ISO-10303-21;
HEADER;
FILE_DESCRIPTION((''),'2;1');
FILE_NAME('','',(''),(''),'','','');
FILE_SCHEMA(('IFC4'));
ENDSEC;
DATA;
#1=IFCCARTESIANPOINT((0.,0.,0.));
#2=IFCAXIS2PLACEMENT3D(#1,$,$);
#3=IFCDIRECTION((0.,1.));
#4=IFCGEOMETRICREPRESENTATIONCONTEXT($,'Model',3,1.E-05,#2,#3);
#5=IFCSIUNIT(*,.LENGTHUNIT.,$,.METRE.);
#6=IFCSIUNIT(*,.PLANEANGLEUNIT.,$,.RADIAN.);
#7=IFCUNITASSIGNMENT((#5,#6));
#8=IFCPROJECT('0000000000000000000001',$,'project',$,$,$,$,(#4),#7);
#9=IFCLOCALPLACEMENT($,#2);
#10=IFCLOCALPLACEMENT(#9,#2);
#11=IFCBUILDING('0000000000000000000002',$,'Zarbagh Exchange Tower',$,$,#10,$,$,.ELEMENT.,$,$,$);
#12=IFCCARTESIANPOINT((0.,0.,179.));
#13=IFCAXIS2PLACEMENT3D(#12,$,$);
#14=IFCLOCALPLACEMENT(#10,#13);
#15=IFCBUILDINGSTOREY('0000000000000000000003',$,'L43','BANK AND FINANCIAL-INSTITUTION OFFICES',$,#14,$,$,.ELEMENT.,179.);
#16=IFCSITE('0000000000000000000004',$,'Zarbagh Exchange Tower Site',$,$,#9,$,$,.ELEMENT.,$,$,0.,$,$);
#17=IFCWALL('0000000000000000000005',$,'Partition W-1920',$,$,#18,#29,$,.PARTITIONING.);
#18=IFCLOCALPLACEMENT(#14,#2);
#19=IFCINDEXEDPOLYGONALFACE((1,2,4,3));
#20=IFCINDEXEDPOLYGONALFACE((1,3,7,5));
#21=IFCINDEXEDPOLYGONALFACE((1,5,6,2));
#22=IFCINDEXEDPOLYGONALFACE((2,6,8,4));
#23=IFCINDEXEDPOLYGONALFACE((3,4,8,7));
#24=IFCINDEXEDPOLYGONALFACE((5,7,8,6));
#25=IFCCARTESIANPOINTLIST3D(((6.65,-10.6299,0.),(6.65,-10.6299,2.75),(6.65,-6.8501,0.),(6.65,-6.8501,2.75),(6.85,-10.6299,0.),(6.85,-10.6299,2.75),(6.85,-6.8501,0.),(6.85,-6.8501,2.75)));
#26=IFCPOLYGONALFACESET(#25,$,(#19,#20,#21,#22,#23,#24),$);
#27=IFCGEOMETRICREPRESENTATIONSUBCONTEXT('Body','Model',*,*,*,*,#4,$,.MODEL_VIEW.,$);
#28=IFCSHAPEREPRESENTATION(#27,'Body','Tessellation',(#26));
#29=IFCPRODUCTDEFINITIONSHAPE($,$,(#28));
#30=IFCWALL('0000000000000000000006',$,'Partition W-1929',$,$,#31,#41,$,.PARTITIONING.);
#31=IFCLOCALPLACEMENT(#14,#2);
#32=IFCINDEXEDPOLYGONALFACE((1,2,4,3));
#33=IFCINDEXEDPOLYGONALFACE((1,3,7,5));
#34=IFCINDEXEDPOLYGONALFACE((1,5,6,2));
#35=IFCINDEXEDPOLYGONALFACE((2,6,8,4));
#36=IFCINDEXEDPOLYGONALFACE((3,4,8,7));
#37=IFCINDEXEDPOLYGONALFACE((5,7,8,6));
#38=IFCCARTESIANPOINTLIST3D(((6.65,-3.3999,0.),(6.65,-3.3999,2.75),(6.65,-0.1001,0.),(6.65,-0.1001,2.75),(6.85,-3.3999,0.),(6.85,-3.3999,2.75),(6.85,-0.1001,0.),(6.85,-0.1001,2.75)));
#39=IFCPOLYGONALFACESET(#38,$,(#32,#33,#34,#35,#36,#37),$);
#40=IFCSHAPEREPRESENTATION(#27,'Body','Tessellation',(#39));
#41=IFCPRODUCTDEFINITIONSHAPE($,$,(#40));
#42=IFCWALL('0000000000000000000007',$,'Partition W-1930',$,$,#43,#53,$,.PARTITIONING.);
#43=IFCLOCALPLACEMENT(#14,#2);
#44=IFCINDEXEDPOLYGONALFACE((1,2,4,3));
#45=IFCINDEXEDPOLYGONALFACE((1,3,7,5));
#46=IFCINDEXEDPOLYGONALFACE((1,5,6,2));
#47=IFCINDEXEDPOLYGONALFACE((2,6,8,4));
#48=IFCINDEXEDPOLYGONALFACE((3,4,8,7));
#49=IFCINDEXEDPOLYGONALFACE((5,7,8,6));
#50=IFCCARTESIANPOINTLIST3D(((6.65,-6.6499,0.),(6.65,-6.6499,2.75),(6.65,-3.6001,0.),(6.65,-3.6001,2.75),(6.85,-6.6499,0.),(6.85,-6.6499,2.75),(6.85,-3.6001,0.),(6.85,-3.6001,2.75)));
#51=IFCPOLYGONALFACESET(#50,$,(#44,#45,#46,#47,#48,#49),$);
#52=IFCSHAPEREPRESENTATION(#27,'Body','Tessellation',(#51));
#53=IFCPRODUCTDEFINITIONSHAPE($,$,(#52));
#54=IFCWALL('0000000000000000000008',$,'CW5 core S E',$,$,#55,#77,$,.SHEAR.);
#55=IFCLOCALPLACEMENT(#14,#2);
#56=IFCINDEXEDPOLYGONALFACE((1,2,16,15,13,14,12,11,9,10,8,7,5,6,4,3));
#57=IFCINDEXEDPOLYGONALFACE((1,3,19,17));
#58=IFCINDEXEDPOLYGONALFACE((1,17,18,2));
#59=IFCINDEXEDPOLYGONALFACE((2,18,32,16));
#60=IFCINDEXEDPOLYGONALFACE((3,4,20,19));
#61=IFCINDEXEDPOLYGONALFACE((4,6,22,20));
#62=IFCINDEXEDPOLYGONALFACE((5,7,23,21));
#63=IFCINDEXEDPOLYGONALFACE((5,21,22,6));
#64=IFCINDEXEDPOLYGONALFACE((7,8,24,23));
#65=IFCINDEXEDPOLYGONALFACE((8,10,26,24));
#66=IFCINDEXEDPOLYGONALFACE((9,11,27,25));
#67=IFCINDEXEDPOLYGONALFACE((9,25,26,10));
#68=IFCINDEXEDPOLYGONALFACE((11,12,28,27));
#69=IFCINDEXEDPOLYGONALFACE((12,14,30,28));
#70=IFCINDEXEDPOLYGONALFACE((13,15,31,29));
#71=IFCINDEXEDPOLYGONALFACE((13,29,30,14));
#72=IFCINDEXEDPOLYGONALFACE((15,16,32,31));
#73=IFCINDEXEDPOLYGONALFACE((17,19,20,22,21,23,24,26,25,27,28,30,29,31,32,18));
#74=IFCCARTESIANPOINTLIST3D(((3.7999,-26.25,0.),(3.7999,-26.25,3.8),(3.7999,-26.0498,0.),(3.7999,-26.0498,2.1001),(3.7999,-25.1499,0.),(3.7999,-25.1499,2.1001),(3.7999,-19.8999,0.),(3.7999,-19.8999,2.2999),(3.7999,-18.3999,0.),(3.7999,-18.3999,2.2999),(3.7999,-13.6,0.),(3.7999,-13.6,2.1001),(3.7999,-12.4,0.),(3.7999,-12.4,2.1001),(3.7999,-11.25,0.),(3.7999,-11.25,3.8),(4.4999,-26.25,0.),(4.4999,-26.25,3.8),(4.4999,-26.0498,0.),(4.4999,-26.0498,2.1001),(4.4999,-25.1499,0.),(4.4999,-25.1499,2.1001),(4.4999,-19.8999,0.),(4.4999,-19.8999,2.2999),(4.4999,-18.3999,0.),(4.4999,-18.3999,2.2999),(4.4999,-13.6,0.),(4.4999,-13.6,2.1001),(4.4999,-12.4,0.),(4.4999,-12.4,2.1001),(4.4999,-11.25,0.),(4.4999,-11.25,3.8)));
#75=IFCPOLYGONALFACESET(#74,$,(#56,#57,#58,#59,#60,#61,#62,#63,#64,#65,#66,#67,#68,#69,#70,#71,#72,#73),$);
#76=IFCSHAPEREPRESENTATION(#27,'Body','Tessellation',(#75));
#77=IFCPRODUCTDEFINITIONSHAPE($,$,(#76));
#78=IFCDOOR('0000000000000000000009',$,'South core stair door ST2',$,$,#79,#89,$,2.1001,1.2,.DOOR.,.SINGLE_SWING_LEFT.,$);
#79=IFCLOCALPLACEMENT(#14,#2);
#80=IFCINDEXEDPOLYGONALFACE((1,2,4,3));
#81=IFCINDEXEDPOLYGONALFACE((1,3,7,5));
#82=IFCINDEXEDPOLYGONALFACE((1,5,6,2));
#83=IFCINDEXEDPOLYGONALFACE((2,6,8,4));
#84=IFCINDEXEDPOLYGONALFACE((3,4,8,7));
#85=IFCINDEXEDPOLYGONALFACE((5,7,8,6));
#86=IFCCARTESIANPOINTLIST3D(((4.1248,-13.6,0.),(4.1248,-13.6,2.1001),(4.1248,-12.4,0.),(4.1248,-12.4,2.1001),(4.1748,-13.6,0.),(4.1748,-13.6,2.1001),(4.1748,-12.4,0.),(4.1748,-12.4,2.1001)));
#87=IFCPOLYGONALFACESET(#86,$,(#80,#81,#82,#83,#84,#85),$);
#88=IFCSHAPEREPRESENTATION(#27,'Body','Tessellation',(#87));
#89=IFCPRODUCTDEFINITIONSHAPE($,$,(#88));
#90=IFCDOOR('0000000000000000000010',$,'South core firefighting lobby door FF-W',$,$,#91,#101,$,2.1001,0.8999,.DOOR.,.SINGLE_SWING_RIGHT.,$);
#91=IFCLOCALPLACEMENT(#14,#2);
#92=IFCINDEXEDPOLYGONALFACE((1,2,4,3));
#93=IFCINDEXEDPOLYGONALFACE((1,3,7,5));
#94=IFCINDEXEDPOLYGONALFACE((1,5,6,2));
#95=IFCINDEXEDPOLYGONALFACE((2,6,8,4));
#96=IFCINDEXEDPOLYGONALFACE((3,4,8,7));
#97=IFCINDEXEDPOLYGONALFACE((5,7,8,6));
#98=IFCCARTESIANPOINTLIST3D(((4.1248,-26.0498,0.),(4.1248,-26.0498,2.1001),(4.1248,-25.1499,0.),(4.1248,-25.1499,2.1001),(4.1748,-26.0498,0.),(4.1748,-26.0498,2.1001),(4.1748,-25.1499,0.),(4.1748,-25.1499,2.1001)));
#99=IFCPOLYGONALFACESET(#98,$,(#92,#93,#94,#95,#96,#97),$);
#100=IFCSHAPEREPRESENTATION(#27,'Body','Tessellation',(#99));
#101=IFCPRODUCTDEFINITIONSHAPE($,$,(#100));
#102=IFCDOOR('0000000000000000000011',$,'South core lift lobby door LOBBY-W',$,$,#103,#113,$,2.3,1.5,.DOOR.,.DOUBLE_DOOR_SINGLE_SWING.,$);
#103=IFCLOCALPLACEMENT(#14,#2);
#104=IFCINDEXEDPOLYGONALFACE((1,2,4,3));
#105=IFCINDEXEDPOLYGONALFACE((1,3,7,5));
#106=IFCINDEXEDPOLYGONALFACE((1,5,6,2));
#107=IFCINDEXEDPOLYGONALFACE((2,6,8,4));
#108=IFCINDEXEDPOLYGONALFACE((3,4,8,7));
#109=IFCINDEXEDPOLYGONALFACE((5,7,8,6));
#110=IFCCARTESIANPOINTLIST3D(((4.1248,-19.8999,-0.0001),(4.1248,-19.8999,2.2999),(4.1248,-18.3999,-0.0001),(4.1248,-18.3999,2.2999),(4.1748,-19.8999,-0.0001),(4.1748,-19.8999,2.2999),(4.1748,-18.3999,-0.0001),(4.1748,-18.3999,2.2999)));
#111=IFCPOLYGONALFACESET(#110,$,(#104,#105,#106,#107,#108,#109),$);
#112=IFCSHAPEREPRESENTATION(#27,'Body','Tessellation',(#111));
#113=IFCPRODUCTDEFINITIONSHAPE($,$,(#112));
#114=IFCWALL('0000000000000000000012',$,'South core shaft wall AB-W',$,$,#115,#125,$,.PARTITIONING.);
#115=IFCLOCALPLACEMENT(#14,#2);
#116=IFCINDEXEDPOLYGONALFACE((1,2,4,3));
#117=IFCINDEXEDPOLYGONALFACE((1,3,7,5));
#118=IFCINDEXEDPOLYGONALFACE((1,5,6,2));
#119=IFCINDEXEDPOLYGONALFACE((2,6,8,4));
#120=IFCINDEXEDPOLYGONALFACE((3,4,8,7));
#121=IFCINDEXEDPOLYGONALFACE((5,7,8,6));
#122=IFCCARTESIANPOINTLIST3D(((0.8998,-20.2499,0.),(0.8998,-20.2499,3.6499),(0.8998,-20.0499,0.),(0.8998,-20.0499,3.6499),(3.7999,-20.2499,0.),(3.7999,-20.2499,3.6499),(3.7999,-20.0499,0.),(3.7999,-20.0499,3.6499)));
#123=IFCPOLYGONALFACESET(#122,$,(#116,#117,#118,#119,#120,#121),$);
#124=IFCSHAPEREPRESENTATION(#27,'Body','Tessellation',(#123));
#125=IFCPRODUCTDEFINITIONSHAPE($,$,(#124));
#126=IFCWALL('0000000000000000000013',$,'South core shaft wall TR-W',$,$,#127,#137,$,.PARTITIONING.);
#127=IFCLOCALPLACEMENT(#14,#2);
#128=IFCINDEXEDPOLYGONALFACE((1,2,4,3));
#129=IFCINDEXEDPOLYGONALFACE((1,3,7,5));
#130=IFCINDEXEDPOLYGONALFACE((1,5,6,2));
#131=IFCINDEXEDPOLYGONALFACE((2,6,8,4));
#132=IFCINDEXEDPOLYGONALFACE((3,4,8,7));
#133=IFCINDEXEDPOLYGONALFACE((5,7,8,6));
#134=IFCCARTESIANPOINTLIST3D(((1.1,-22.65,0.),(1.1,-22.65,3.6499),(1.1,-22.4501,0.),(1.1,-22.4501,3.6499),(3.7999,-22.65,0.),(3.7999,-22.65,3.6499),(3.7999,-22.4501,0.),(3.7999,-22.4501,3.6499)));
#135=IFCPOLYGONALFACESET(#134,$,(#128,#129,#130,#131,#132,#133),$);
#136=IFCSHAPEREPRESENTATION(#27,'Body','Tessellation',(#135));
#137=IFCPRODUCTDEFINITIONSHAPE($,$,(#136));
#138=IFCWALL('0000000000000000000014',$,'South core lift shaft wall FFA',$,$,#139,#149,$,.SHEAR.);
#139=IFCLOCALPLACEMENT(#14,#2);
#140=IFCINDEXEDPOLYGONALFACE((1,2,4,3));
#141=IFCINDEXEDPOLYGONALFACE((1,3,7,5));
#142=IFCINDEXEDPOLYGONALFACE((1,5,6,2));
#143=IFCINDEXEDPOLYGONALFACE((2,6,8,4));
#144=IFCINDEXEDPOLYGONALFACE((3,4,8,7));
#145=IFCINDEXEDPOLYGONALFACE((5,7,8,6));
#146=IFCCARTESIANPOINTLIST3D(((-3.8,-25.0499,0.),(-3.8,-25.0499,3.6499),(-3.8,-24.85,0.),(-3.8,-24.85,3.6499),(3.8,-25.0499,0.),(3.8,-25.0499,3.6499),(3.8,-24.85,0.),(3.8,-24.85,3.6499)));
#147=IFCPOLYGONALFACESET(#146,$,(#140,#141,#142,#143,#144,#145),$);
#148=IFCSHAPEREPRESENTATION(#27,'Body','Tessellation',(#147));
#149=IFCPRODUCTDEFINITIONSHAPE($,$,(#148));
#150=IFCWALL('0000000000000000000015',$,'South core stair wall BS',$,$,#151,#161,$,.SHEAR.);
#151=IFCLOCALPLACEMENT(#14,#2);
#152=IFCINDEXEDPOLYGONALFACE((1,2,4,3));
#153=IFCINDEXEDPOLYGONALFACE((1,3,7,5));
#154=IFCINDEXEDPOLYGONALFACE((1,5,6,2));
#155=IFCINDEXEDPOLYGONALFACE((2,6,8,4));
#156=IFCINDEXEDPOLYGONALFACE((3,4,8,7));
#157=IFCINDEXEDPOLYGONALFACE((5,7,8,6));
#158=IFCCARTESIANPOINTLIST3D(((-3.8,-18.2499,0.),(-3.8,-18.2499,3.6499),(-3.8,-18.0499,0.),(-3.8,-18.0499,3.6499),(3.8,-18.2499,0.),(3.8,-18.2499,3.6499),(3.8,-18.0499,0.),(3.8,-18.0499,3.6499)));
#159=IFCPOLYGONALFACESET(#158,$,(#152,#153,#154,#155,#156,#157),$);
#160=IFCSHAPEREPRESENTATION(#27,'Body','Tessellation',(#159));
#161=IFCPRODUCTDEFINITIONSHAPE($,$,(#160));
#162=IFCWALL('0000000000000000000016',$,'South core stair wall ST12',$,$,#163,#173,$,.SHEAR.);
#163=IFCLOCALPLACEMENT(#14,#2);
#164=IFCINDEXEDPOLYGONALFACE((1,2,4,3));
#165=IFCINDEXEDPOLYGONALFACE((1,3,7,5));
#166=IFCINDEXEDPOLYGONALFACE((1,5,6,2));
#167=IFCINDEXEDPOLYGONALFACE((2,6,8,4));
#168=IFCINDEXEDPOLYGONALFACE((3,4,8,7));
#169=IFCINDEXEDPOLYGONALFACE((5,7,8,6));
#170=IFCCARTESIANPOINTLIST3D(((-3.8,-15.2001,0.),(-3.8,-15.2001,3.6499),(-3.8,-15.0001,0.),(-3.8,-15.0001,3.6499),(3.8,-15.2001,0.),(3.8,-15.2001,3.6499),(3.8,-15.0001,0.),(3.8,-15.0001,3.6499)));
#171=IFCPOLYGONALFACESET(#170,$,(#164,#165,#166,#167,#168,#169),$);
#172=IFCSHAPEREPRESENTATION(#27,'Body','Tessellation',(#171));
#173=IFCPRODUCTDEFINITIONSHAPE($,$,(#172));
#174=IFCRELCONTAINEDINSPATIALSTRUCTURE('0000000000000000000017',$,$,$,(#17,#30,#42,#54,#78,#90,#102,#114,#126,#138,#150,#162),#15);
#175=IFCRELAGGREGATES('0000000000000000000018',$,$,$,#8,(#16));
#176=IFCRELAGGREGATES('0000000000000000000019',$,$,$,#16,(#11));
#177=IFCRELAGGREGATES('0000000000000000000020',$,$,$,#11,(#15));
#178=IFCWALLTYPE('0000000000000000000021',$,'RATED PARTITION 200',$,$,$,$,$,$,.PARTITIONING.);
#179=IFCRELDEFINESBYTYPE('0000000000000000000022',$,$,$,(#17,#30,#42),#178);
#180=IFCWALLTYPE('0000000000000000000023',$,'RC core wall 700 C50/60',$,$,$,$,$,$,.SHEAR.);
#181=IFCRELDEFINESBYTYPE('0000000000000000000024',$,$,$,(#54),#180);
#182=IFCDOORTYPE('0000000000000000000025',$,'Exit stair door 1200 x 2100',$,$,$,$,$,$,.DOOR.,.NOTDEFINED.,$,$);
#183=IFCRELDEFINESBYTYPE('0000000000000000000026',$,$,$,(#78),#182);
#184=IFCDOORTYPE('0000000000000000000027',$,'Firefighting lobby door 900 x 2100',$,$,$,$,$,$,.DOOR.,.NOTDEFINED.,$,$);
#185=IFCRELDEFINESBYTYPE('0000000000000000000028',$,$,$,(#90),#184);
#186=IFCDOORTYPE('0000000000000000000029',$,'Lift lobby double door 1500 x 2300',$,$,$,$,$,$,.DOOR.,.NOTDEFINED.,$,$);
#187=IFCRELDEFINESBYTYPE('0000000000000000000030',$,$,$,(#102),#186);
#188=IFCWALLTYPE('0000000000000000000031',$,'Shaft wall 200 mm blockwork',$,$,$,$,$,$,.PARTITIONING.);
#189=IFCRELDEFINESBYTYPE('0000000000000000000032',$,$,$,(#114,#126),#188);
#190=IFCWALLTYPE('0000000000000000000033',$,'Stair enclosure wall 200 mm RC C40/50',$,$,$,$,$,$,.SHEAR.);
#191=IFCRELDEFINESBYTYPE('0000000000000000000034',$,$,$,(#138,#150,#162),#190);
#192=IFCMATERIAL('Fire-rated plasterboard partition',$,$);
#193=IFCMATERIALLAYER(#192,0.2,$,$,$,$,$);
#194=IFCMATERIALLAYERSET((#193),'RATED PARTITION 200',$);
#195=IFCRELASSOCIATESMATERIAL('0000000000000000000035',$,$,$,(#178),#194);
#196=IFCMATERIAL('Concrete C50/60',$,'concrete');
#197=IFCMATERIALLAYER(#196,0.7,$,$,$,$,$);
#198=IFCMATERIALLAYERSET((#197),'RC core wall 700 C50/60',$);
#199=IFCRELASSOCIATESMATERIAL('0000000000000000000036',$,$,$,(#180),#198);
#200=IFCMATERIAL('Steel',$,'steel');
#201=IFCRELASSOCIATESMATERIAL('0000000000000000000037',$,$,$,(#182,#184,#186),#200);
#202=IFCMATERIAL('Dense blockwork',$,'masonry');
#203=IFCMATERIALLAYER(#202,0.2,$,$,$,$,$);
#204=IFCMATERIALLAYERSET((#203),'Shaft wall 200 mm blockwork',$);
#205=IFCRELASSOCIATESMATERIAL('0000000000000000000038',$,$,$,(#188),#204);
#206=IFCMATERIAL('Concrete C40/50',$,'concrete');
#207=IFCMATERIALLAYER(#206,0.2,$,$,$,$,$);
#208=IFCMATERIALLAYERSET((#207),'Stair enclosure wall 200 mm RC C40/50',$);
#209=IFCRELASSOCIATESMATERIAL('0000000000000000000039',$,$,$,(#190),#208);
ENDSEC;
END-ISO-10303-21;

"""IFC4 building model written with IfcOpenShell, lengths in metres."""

from ifc_helpers import new_model, si_unit, direction, frame, frame_2d, origin, place, context, subcontext, project, spatial, rectangle, extrude, material, layer, layer_set, type_object, element, fill, save


model = new_model("IFC4")

# Units and contexts
model_context = context("Model", 3, precision=1e-05, world=origin(), true_north=direction((0.0, 1.0)))
body_context = subcontext(model_context, "Body", "Model", "MODEL_VIEW")
ifc_project = project(units=[si_unit("LENGTHUNIT", "METRE"), si_unit("PLANEANGLEUNIT", "RADIAN")], contexts=[model_context])

# Site, building, storey
site_placement = place(None, origin())
site = spatial("IfcSite", under=ifc_project, at=site_placement, Name="Zarbagh Exchange Tower Site", CompositionType="ELEMENT", RefElevation=0.0)
building_placement = place(site_placement, origin())
building = spatial("IfcBuilding", under=site, at=building_placement, Name="Zarbagh Exchange Tower", CompositionType="ELEMENT")
storey_placement = place(building_placement, frame((0.0, 0.0, 179.0)))
storey = spatial("IfcBuildingStorey", under=building, at=storey_placement, Name="L43", Description="BANK AND FINANCIAL-INSTITUTION OFFICES", CompositionType="ELEMENT", Elevation=179.0)

# Shared definitions
ifc_material_1 = material(Name="Concrete C50/60", Category="concrete")

# Walls
ifc_material_2 = material(Name="Fire-rated plasterboard partition")
ifc_layer_1 = layer(ifc_material_2, 0.2)
ifc_layer_set_1 = layer_set([ifc_layer_1], Name="RATED PARTITION 200")
wall_type_1 = type_object("IfcWallType", Name="RATED PARTITION 200", PredefinedType="PARTITIONING", material=ifc_layer_set_1)
wall_1_placement = place(storey_placement, frame((6.75, -10.6299, 0.0), z_axis=(0.0, 0.0, 1.0), x_axis=(0.0, 1.0, 0.0)))
element("IfcWall", 1, at=wall_1_placement, inside=storey, type_object=wall_type_1, Name="Partition W-1920", PredefinedType="PARTITIONING", context=body_context, shape_type="SweptSolid", body=[
    extrude(rectangle(XDim=3.7798, YDim=0.2, at=frame_2d((1.8899, 0.0))), origin(), (0.0, 0.0, 1.0), 2.75),
])
wall_2_placement = place(storey_placement, frame((6.75, -3.3999, 0.0), z_axis=(0.0, 0.0, 1.0), x_axis=(0.0, 1.0, 0.0)))
element("IfcWall", 2, at=wall_2_placement, inside=storey, type_object=wall_type_1, Name="Partition W-1929", PredefinedType="PARTITIONING", context=body_context, shape_type="SweptSolid", body=[
    extrude(rectangle(XDim=3.2998, YDim=0.2, at=frame_2d((1.6499, 0.0))), origin(), (0.0, 0.0, 1.0), 2.75),
])
wall_3_placement = place(storey_placement, frame((6.75, -6.6499, 0.0), z_axis=(0.0, 0.0, 1.0), x_axis=(0.0, 1.0, 0.0)))
element("IfcWall", 3, at=wall_3_placement, inside=storey, type_object=wall_type_1, Name="Partition W-1930", PredefinedType="PARTITIONING", context=body_context, shape_type="SweptSolid", body=[
    extrude(rectangle(XDim=3.0498, YDim=0.2, at=frame_2d((1.5249, 0.0))), origin(), (0.0, 0.0, 1.0), 2.75),
])

# Wall, openings, doors
ifc_layer_2 = layer(ifc_material_1, 0.7)
ifc_layer_set_2 = layer_set([ifc_layer_2], Name="RC core wall 700 C50/60")
wall_type_2 = type_object("IfcWallType", Name="RC core wall 700 C50/60", PredefinedType="SHEAR", material=ifc_layer_set_2)
wall_4_placement = place(storey_placement, frame((4.1499, -11.25, 0.0), z_axis=(0.0, 0.0, 1.0), x_axis=(0.0, -1.0, 0.0)))
wall_4 = element("IfcWall", 4, at=wall_4_placement, inside=storey, type_object=wall_type_2, Name="CW5 core S E", PredefinedType="SHEAR", context=body_context, shape_type="SweptSolid", body=[
    extrude(rectangle(XDim=15.0, YDim=0.7, at=frame_2d((7.5, 0.0))), origin(), (0.0, 0.0, 1.0), 3.8),
])
opening_1_placement = place(wall_4_placement, frame((7.1499, 0.0, 0.0)))
opening_1 = element("IfcOpeningElement", 5, at=opening_1_placement, cuts=wall_4, PredefinedType="OPENING", context=body_context, shape_type="SweptSolid", body=[
    extrude(rectangle(XDim=1.5, YDim=2.3, at=frame_2d((0.75, 1.1499))), frame((0.0, 0.3599, 0.0), z_axis=(0.0, -1.0, 0.0), x_axis=(1.0, 0.0, 0.0)), (0.0, 0.0, 1.0), 0.72),
])
opening_2_placement = place(wall_4_placement, frame((13.8999, 0.0, 0.0)))
opening_2 = element("IfcOpeningElement", 6, at=opening_2_placement, cuts=wall_4, PredefinedType="OPENING", context=body_context, shape_type="SweptSolid", body=[
    extrude(rectangle(XDim=0.8999, YDim=2.1001, at=frame_2d((0.45, 1.05))), frame((0.0, 0.3599, 0.0), z_axis=(0.0, -1.0, 0.0), x_axis=(1.0, 0.0, 0.0)), (0.0, 0.0, 1.0), 0.72),
])
opening_3_placement = place(wall_4_placement, frame((1.1499, 0.0, 0.0)))
opening_3 = element("IfcOpeningElement", 7, at=opening_3_placement, cuts=wall_4, PredefinedType="OPENING", context=body_context, shape_type="SweptSolid", body=[
    extrude(rectangle(XDim=1.2, YDim=2.1001, at=frame_2d((0.6001, 1.05))), frame((0.0, 0.3599, 0.0), z_axis=(0.0, -1.0, 0.0), x_axis=(1.0, 0.0, 0.0)), (0.0, 0.0, 1.0), 0.72),
])
ifc_material_3 = material(Name="Steel", Category="steel")
door_type_1 = type_object("IfcDoorType", Name="Exit stair door 1200 x 2100", OperationType="NOTDEFINED", PredefinedType="DOOR", material=ifc_material_3)
door_1_placement = place(opening_3_placement, origin())
door_1 = element("IfcDoor", 8, at=door_1_placement, inside=storey, type_object=door_type_1, Name="South core stair door ST2", OperationType="SINGLE_SWING_LEFT", OverallHeight=2.1001, OverallWidth=1.2, PredefinedType="DOOR", context=body_context, shape_type="SweptSolid", body=[
    extrude(rectangle(XDim=1.2, YDim=2.1001, at=frame_2d((0.6001, 1.05))), frame((0.0, 0.0249, 0.0), z_axis=(0.0, -1.0, 0.0), x_axis=(1.0, 0.0, 0.0)), (0.0, 0.0, 1.0), 0.05),
])
fill(opening_3, door_1)
door_type_2 = type_object("IfcDoorType", Name="Firefighting lobby door 900 x 2100", OperationType="NOTDEFINED", PredefinedType="DOOR", material=ifc_material_3)
door_2_placement = place(opening_2_placement, origin())
door_2 = element("IfcDoor", 9, at=door_2_placement, inside=storey, type_object=door_type_2, Name="South core firefighting lobby door FF-W", OperationType="SINGLE_SWING_RIGHT", OverallHeight=2.1001, OverallWidth=0.8999, PredefinedType="DOOR", context=body_context, shape_type="SweptSolid", body=[
    extrude(rectangle(XDim=0.8999, YDim=2.1001, at=frame_2d((0.45, 1.05))), frame((0.0, 0.0249, 0.0), z_axis=(0.0, -1.0, 0.0), x_axis=(1.0, 0.0, 0.0)), (0.0, 0.0, 1.0), 0.05),
])
fill(opening_2, door_2)
door_type_3 = type_object("IfcDoorType", Name="Lift lobby double door 1500 x 2300", OperationType="NOTDEFINED", PredefinedType="DOOR", material=ifc_material_3)
door_3_placement = place(opening_1_placement, origin())
door_3 = element("IfcDoor", 10, at=door_3_placement, inside=storey, type_object=door_type_3, Name="South core lift lobby door LOBBY-W", OperationType="DOUBLE_DOOR_SINGLE_SWING", OverallHeight=2.3, OverallWidth=1.5, PredefinedType="DOOR", context=body_context, shape_type="SweptSolid", body=[
    extrude(rectangle(XDim=1.5, YDim=2.3, at=frame_2d((0.75, 1.1499))), frame((0.0, 0.0249, 0.0), z_axis=(0.0, -1.0, 0.0), x_axis=(1.0, 0.0, 0.0)), (0.0, 0.0, 1.0), 0.05),
])
fill(opening_1, door_3)

# Walls
ifc_material_4 = material(Name="Dense blockwork", Category="masonry")
ifc_layer_3 = layer(ifc_material_4, 0.2)
ifc_layer_set_3 = layer_set([ifc_layer_3], Name="Shaft wall 200 mm blockwork")
wall_type_3 = type_object("IfcWallType", Name="Shaft wall 200 mm blockwork", PredefinedType="PARTITIONING", material=ifc_layer_set_3)
wall_5_placement = place(storey_placement, frame((3.8, -20.1499, 0.0), z_axis=(0.0, 0.0, 1.0), x_axis=(-1.0, 0.0, 0.0)))
element("IfcWall", 11, at=wall_5_placement, inside=storey, type_object=wall_type_3, Name="South core shaft wall AB-W", PredefinedType="PARTITIONING", context=body_context, shape_type="SweptSolid", body=[
    extrude(rectangle(XDim=2.9001, YDim=0.2, at=frame_2d((1.4502, 0.0))), origin(), (0.0, 0.0, 1.0), 3.6499),
])
wall_6_placement = place(storey_placement, frame((3.8, -22.55, 0.0), z_axis=(0.0, 0.0, 1.0), x_axis=(-1.0, 0.0, 0.0)))
element("IfcWall", 12, at=wall_6_placement, inside=storey, type_object=wall_type_3, Name="South core shaft wall TR-W", PredefinedType="PARTITIONING", context=body_context, shape_type="SweptSolid", body=[
    extrude(rectangle(XDim=2.7, YDim=0.2, at=frame_2d((1.3501, 0.0))), origin(), (0.0, 0.0, 1.0), 3.6499),
])
ifc_material_5 = material(Name="Concrete C40/50", Category="concrete")
ifc_layer_4 = layer(ifc_material_5, 0.2)
ifc_layer_set_4 = layer_set([ifc_layer_4], Name="Stair enclosure wall 200 mm RC C40/50")
wall_type_4 = type_object("IfcWallType", Name="Stair enclosure wall 200 mm RC C40/50", PredefinedType="SHEAR", material=ifc_layer_set_4)
for number, where, z_axis, x_axis, name in (
    (13, (3.8, -24.95, 0.0), (0.0, 0.0, 1.0), (-1.0, 0.0, 0.0), "South core lift shaft wall FFA"),
    (14, (3.8, -18.1499, 0.0), (0.0, 0.0, 1.0), (-1.0, 0.0, 0.0), "South core stair wall BS"),
    (15, (3.8, -15.1001, 0.0), (0.0, 0.0, 1.0), (-1.0, 0.0, 0.0), "South core stair wall ST12"),
):
    element("IfcWall", number, at=place(storey_placement, frame(where, z_axis=z_axis, x_axis=x_axis)), inside=storey, type_object=wall_type_4, Name=name, PredefinedType="SHEAR", context=body_context, shape_type="SweptSolid", body=[
        extrude(rectangle(XDim=7.6001, YDim=0.2, at=frame_2d((3.8, 0.0))), origin(), (0.0, 0.0, 1.0), 3.6499),
    ])

save(model, "model.ifc")
